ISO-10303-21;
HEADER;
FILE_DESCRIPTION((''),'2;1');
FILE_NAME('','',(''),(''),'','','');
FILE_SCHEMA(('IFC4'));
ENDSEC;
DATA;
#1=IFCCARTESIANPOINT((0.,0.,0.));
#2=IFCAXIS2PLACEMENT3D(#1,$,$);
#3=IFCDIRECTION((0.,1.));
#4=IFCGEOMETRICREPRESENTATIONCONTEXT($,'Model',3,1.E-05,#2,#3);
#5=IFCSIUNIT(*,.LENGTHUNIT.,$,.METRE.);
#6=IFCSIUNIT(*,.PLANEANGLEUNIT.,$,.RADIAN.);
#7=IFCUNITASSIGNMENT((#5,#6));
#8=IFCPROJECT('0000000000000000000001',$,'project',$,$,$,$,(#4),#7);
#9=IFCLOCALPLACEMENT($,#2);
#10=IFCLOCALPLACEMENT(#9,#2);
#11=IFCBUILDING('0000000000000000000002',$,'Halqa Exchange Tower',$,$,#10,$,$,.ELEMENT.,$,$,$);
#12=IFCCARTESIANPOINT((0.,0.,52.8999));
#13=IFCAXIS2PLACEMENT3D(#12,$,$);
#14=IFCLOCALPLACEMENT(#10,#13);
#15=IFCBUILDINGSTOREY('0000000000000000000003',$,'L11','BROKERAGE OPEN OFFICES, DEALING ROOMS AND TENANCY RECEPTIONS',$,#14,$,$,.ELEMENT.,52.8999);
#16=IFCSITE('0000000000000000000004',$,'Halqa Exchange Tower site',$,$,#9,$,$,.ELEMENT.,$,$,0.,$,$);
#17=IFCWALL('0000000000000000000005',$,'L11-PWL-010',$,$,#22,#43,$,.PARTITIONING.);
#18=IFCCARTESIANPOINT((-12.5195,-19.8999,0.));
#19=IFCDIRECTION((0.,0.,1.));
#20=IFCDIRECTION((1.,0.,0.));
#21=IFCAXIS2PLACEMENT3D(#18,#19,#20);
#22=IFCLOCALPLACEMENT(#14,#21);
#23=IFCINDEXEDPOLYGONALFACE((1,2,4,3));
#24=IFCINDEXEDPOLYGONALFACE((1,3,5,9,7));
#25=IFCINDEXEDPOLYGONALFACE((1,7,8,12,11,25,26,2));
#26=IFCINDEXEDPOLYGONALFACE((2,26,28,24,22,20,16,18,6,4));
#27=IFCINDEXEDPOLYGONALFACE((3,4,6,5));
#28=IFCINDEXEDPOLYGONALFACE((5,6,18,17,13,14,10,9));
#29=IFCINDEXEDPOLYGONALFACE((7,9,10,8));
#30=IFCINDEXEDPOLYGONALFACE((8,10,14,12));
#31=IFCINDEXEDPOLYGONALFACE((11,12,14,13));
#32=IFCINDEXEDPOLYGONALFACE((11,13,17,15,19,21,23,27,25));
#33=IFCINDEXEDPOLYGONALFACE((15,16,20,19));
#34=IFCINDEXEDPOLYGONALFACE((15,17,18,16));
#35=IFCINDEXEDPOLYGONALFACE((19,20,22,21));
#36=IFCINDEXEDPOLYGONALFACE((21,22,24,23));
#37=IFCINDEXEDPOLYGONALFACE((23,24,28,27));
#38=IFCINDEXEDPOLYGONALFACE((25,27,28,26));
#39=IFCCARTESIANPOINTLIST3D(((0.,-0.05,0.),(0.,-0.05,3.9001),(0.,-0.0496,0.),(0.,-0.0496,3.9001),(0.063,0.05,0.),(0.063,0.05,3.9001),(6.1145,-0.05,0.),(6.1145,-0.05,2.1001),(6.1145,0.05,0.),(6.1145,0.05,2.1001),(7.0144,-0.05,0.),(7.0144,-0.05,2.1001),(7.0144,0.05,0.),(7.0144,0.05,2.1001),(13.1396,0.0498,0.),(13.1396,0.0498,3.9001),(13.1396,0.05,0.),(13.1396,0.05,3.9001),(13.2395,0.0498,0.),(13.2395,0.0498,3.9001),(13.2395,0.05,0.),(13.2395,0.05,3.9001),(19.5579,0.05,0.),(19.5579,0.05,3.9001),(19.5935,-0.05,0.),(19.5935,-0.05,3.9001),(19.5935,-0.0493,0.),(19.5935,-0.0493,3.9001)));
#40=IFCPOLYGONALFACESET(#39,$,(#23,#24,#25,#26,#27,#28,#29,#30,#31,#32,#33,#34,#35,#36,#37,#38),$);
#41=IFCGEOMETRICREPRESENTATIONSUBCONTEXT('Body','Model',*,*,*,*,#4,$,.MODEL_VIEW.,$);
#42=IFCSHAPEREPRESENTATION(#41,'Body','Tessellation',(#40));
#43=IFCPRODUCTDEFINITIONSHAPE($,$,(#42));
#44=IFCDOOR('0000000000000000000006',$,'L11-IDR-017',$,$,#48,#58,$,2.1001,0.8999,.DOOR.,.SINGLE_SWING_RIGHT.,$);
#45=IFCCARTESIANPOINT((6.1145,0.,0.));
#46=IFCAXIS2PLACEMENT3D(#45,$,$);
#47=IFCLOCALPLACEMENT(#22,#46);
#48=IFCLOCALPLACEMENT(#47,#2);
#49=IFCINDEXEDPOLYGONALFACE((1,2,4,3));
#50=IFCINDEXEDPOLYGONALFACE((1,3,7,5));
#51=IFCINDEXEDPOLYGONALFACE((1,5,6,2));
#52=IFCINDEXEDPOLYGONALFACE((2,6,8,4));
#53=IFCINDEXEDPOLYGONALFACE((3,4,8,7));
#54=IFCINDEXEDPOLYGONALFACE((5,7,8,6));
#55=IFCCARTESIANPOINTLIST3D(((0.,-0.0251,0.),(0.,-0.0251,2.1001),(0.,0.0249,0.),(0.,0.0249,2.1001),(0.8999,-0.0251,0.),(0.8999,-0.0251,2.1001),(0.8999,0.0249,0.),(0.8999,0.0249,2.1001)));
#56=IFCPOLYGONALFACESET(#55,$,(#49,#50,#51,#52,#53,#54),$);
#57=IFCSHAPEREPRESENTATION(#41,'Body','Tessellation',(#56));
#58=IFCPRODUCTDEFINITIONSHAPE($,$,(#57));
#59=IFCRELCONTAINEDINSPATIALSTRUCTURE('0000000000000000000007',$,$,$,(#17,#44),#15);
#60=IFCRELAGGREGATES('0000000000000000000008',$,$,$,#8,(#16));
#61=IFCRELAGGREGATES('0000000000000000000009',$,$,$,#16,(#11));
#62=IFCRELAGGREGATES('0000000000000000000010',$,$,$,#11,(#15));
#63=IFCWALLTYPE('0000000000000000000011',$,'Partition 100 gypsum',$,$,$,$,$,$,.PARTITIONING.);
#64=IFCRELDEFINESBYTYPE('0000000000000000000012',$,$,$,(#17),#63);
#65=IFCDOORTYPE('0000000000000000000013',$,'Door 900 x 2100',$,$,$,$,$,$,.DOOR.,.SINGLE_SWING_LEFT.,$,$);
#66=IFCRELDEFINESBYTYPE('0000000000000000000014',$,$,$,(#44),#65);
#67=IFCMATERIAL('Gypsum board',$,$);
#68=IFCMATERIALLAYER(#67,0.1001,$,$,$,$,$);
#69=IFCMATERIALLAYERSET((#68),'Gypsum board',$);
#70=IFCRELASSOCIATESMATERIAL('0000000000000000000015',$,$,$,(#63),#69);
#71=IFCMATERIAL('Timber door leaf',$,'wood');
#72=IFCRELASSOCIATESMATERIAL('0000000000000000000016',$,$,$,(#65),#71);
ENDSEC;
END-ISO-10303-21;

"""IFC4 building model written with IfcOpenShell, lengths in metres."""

from ifc_helpers import new_model, si_unit, direction, frame, frame_2d, origin, place, context, subcontext, project, spatial, polyline, rectangle, outline, extrude, material, layer, layer_set, type_object, element, fill, save


model = new_model("IFC4")

# Units and contexts
model_context = context("Model", 3, precision=1e-05, world=origin(), true_north=direction((0.0, 1.0)))
body_context = subcontext(model_context, "Body", "Model", "MODEL_VIEW")
ifc_project = project(units=[si_unit("LENGTHUNIT", "METRE"), si_unit("PLANEANGLEUNIT", "RADIAN")], contexts=[model_context])

# Site, building, storey
site_placement = place(None, origin())
site = spatial("IfcSite", under=ifc_project, at=site_placement, Name="Halqa Exchange Tower site", CompositionType="ELEMENT", RefElevation=0.0)
building_placement = place(site_placement, origin())
building = spatial("IfcBuilding", under=site, at=building_placement, Name="Halqa Exchange Tower", CompositionType="ELEMENT")
storey_placement = place(building_placement, frame((0.0, 0.0, 52.8999)))
storey = spatial("IfcBuildingStorey", under=building, at=storey_placement, Name="L11", Description="BROKERAGE OPEN OFFICES, DEALING ROOMS AND TENANCY RECEPTIONS", CompositionType="ELEMENT", Elevation=52.8999)

# Wall, opening, door
ifc_material_1 = material(Name="Gypsum board")
ifc_layer_1 = layer(ifc_material_1, 0.1001)
ifc_layer_set_1 = layer_set([ifc_layer_1], Name="Gypsum board")
wall_type_1 = type_object("IfcWallType", Name="Partition 100 gypsum", PredefinedType="PARTITIONING", material=ifc_layer_set_1)
wall_1_placement = place(storey_placement, frame((-12.5195, -19.8999, 0.0), z_axis=(0.0, 0.0, 1.0), x_axis=(1.0, 0.0, 0.0)))
wall_1 = element("IfcWall", 1, at=wall_1_placement, inside=storey, type_object=wall_type_1, Name="L11-PWL-010", PredefinedType="PARTITIONING", context=body_context, shape_type="SweptSolid", body=[
    extrude(outline(polyline([(19.5935, -0.05), (19.5935, -0.0493), (19.5579, 0.05), (17.9783, 0.05), (16.3987, 0.05), (14.8191, 0.05), (13.2395, 0.05), (13.2395, 0.0498), (13.1396, 0.0498), (13.1396, 0.05), (11.2715, 0.05), (9.4033, 0.05), (7.5352, 0.05), (5.6672, 0.05), (3.7991, 0.05), (1.9309, 0.05), (0.063, 0.05), (0.0, -0.0496), (0.0, -0.05), (1.9595, -0.05), (3.9187, -0.05), (5.8779, -0.05), (7.8374, -0.05), (9.7969, -0.05), (11.7561, -0.05), (13.7153, -0.05), (15.6748, -0.05), (17.6343, -0.05), (19.5935, -0.05)])), origin(), (0.0, 0.0, 1.0), 3.9001),
])
opening_1_placement = place(wall_1_placement, frame((6.1145, 0.0, 0.0)))
opening_1 = element("IfcOpeningElement", 2, at=opening_1_placement, cuts=wall_1, PredefinedType="OPENING", context=body_context, shape_type="SweptSolid", body=[
    extrude(rectangle(XDim=0.8999, YDim=2.1001, at=frame_2d((0.45, 1.05))), frame((0.0, 0.062, 0.0), z_axis=(0.0, -1.0, 0.0), x_axis=(1.0, 0.0, 0.0)), (0.0, 0.0, 1.0), 0.124),
])
ifc_material_2 = material(Name="Timber door leaf", Category="wood")
door_type_1 = type_object("IfcDoorType", Name="Door 900 x 2100", OperationType="SINGLE_SWING_LEFT", PredefinedType="DOOR", material=ifc_material_2)
door_1_placement = place(opening_1_placement, origin())
door_1 = element("IfcDoor", 3, at=door_1_placement, inside=storey, type_object=door_type_1, Name="L11-IDR-017", OperationType="SINGLE_SWING_RIGHT", OverallHeight=2.1001, OverallWidth=0.8999, PredefinedType="DOOR", context=body_context, shape_type="SweptSolid", body=[
    extrude(rectangle(XDim=0.8999, YDim=2.1001, at=frame_2d((0.45, 1.05))), frame((0.0, 0.0249, 0.0), z_axis=(0.0, -1.0, 0.0), x_axis=(1.0, 0.0, 0.0)), (0.0, 0.0, 1.0), 0.05),
])
fill(opening_1, door_1)

save(model, "model.ifc")
